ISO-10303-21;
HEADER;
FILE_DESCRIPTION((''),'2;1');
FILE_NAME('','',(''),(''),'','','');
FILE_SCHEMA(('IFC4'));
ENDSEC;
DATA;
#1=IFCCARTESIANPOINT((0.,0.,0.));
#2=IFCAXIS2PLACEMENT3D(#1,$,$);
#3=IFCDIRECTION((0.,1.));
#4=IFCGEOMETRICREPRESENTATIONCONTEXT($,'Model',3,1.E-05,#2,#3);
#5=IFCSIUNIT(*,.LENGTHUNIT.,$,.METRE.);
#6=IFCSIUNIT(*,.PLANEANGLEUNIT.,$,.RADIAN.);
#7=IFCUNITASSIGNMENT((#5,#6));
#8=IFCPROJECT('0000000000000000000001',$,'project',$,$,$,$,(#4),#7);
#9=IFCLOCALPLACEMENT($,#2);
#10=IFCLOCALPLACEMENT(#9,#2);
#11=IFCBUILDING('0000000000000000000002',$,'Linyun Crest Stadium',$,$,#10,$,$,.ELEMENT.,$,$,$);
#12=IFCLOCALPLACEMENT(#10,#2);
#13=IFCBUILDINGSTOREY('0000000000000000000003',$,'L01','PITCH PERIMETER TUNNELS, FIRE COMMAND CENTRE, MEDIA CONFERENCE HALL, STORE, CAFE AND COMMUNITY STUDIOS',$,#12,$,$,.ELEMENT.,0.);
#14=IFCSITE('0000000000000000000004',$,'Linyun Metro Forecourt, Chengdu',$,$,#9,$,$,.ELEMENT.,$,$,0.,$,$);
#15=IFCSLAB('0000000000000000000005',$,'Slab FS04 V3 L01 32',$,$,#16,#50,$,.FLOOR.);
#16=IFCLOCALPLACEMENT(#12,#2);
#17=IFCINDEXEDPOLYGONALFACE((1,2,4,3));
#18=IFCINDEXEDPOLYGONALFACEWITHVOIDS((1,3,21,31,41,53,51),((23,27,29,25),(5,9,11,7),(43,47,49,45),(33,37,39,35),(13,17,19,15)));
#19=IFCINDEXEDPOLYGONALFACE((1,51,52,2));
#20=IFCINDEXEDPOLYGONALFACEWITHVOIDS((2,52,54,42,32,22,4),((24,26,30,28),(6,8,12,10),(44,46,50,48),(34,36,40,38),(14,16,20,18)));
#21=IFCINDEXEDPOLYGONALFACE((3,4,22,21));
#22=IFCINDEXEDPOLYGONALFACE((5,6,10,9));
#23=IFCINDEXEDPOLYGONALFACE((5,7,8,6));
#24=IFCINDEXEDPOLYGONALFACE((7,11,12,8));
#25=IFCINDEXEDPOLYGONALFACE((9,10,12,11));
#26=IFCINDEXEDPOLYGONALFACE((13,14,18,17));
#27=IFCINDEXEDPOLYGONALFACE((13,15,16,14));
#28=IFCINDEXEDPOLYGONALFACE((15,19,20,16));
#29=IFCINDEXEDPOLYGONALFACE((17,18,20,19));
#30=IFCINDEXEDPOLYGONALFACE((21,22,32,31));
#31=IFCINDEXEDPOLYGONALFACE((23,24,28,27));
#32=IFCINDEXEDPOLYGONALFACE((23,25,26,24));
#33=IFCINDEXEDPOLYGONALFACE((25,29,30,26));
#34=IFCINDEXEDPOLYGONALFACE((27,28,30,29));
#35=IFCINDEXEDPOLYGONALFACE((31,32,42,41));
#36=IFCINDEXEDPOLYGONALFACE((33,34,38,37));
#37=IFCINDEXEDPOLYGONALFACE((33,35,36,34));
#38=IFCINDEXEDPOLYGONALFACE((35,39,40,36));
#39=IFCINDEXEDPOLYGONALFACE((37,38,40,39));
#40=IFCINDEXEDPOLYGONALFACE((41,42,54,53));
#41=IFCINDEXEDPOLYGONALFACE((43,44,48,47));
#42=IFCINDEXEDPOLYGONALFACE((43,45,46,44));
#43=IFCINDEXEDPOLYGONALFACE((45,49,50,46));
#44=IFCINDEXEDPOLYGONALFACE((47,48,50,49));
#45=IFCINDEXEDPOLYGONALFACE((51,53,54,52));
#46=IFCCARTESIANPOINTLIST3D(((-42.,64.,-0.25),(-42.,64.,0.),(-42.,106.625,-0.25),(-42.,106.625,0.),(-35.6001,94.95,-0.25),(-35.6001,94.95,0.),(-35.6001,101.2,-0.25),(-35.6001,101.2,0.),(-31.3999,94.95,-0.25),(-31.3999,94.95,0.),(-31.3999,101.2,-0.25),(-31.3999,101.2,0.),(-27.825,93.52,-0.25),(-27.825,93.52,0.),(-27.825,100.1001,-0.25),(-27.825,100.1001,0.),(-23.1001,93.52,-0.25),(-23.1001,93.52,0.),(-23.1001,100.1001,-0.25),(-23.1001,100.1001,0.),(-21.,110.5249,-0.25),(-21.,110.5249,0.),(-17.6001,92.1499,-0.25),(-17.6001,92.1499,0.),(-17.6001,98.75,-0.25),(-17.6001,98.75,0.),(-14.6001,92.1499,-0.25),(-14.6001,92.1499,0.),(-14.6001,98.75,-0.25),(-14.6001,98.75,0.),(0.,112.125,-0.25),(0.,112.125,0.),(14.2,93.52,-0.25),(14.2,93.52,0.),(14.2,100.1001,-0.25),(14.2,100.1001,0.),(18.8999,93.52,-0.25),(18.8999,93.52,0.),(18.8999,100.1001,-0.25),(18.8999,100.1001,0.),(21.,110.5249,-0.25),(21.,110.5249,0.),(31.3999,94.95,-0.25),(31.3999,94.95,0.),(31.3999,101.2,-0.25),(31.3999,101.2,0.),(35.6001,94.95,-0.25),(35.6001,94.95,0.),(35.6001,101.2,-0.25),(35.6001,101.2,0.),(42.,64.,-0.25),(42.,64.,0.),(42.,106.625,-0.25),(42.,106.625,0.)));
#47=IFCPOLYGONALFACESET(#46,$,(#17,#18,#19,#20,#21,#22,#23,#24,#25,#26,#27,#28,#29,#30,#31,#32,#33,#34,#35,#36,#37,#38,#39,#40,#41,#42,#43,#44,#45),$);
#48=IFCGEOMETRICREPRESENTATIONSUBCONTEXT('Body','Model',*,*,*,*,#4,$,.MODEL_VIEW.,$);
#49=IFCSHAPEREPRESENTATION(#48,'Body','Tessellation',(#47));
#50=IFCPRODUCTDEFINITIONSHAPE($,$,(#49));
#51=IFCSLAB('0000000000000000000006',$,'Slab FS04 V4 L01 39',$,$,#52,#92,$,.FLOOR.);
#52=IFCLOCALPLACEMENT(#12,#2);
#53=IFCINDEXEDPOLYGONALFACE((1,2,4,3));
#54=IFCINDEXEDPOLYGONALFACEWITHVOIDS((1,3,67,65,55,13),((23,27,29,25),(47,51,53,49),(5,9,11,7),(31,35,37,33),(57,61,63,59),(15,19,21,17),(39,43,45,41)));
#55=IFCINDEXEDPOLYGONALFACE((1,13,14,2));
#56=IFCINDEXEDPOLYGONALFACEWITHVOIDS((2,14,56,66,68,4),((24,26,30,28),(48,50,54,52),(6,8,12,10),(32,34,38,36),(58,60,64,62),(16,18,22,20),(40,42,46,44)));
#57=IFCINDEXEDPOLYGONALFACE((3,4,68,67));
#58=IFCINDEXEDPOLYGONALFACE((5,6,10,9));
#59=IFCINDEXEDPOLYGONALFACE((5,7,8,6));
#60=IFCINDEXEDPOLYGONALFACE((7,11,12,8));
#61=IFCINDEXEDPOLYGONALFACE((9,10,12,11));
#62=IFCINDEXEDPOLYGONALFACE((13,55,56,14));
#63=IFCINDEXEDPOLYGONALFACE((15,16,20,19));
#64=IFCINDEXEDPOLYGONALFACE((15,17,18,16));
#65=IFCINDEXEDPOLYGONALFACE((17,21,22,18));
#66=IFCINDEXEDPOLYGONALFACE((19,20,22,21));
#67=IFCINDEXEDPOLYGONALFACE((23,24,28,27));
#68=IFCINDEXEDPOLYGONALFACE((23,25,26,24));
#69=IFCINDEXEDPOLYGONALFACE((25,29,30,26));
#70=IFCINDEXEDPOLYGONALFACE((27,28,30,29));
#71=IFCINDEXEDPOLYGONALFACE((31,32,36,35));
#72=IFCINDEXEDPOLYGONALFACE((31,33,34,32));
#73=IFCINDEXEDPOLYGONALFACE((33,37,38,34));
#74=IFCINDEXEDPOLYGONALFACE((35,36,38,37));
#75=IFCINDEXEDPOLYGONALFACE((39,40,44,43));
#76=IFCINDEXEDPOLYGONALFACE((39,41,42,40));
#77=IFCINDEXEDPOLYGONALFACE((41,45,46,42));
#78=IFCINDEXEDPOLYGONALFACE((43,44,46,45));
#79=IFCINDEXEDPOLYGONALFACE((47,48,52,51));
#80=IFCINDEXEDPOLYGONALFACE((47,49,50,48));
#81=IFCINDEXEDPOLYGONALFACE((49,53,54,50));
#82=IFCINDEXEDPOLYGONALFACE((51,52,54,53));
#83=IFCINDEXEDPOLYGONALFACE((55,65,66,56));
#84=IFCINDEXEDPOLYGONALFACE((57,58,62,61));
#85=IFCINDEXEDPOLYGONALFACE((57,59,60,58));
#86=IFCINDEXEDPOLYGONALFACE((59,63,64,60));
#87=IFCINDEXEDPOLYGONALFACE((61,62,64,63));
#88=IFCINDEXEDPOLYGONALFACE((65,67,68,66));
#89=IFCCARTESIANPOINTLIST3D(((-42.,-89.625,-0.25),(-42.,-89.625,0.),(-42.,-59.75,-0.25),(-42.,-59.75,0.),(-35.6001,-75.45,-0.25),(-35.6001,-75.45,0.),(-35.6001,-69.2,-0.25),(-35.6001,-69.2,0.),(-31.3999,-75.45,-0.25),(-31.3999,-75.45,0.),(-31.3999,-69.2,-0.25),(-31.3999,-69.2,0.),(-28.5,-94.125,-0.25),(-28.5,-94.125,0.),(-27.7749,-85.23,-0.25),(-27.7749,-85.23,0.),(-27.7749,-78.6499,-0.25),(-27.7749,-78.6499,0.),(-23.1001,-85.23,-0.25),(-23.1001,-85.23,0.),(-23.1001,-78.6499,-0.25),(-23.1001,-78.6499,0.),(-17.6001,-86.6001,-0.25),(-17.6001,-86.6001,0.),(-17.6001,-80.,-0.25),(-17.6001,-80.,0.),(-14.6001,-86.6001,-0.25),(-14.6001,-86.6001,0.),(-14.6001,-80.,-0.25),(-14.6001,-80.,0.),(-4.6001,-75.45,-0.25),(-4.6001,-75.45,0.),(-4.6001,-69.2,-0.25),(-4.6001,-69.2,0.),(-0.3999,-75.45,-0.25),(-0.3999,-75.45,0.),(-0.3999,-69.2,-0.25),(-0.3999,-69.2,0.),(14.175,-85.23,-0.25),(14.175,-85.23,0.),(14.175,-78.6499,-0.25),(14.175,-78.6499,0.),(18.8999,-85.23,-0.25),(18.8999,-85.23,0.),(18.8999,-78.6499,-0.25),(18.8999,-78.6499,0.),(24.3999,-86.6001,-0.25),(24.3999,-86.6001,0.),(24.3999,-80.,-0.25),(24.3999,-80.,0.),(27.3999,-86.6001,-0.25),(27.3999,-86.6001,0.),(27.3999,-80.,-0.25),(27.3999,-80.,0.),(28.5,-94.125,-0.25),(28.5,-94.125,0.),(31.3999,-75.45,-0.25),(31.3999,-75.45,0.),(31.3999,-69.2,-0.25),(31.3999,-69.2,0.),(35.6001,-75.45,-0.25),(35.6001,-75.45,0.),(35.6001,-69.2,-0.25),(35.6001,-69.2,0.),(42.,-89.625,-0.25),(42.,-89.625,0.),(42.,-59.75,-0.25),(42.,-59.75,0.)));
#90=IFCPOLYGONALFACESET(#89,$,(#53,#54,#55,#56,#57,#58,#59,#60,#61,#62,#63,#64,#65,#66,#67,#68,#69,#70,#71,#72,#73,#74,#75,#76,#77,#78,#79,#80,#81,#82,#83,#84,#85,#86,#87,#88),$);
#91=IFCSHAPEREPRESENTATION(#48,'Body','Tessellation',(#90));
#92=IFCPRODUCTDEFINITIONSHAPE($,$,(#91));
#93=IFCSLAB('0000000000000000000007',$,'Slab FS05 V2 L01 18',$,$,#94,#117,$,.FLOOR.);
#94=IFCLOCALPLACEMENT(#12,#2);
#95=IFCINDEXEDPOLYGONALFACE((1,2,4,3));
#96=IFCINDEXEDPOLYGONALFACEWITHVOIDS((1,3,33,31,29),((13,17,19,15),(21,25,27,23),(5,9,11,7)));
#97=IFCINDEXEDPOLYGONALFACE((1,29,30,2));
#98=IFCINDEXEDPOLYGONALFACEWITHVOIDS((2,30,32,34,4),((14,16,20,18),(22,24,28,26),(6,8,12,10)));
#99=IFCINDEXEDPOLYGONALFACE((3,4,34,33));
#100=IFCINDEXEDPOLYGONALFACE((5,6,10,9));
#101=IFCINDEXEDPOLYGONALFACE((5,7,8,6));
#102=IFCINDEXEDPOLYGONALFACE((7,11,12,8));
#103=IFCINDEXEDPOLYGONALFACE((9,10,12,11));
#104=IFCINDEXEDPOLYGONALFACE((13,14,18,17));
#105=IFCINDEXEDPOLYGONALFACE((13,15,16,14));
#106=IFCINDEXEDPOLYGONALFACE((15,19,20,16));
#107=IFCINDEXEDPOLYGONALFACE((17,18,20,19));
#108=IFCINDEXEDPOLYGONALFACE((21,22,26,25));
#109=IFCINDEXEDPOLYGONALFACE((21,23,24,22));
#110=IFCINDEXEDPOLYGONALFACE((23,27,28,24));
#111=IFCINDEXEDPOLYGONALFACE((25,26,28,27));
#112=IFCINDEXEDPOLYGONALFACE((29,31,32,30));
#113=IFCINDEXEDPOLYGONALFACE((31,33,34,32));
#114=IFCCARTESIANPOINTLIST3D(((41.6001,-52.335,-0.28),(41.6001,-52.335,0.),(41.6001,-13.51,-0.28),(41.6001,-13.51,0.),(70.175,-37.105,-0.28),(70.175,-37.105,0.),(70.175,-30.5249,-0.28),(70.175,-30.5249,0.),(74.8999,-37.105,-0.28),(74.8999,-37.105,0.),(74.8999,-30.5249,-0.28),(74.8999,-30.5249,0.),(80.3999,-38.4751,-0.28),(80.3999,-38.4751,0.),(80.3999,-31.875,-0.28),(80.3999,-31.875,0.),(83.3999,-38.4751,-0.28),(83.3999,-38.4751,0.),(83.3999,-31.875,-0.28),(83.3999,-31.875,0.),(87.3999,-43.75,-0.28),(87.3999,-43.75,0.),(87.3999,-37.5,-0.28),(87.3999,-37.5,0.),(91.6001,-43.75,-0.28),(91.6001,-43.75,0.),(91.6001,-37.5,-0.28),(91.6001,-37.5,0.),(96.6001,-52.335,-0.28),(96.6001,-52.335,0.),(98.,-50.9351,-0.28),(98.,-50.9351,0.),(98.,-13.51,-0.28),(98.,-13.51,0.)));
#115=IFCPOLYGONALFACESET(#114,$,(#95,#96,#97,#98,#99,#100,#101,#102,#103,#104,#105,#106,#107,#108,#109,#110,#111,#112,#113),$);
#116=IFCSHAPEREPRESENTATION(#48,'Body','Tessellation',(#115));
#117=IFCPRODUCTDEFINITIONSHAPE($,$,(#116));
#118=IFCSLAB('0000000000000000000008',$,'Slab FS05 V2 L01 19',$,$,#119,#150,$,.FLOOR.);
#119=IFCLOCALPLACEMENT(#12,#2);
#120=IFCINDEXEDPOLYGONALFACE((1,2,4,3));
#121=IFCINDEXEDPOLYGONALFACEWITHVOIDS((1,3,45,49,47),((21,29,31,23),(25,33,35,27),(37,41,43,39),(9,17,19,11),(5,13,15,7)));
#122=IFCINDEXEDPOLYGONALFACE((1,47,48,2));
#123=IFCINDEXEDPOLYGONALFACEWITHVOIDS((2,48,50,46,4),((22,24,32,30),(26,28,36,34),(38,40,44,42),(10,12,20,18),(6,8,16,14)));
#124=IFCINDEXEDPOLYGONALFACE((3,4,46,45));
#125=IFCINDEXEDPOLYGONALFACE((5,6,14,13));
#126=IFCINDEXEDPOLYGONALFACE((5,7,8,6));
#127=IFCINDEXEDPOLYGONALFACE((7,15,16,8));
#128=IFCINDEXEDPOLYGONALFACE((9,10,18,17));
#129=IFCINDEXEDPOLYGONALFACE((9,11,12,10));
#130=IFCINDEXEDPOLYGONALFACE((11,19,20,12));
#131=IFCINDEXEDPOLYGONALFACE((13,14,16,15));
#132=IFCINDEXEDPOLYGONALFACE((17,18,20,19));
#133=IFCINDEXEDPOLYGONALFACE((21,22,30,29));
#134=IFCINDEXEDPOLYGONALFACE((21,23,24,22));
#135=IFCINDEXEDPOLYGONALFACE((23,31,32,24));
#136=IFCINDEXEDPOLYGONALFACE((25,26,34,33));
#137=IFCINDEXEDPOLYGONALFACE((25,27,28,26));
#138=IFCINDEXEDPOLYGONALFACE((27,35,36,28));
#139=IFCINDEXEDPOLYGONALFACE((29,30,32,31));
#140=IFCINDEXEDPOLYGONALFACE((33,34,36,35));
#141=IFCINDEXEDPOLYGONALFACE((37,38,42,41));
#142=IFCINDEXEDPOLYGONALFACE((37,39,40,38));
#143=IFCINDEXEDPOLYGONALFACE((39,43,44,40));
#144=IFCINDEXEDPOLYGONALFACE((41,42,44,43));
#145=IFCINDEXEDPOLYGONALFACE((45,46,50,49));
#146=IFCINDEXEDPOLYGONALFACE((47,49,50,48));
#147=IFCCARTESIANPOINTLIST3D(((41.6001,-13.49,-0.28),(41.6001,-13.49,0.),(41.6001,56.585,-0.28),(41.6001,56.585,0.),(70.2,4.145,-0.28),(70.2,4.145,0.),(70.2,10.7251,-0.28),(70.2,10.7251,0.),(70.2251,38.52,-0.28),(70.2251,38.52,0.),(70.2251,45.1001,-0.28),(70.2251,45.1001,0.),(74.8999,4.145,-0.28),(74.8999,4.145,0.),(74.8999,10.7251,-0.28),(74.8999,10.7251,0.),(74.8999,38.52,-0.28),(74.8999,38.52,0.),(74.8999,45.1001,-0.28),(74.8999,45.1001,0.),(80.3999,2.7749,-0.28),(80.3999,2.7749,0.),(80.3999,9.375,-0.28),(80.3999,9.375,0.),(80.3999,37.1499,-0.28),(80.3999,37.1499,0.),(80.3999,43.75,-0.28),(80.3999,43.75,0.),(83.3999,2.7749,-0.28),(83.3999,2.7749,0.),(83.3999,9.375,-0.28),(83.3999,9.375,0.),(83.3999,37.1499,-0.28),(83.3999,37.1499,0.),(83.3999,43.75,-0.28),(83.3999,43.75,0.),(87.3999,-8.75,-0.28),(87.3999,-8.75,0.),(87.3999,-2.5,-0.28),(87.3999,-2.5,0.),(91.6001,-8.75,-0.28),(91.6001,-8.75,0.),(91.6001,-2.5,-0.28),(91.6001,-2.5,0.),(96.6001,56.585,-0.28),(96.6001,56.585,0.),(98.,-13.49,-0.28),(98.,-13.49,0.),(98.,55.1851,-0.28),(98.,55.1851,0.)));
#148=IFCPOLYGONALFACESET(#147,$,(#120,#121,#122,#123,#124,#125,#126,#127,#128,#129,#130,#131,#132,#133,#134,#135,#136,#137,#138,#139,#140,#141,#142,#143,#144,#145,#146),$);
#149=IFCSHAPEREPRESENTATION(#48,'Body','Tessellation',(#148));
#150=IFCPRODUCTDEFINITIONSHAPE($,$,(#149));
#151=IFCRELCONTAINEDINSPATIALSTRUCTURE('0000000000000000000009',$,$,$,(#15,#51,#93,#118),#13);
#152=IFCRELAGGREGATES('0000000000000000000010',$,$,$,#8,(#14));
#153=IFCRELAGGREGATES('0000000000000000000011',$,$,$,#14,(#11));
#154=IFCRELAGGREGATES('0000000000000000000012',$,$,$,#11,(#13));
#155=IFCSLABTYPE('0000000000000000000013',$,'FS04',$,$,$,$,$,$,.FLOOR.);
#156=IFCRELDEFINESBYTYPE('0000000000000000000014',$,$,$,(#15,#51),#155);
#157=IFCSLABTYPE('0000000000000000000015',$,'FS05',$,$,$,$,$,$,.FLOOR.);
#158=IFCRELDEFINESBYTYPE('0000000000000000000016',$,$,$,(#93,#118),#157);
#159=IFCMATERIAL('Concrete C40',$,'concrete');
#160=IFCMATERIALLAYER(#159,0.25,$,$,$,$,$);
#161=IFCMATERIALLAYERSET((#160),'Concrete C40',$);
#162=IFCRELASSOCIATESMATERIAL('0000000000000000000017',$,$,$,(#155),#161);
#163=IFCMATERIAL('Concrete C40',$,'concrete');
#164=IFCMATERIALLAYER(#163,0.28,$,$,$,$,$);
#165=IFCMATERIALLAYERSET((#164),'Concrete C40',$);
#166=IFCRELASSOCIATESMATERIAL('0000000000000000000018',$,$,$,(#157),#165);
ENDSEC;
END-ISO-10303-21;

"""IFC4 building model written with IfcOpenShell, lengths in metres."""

from ifc_helpers import new_model, si_unit, direction, frame, origin, place, context, subcontext, project, spatial, polyline, outline, extrude, material, layer, layer_set, type_object, element, save


model = new_model("IFC4")

# Units and contexts
model_context = context("Model", 3, precision=1e-05, world=origin(), true_north=direction((0.0, 1.0)))
body_context = subcontext(model_context, "Body", "Model", "MODEL_VIEW")
ifc_project = project(units=[si_unit("LENGTHUNIT", "METRE"), si_unit("PLANEANGLEUNIT", "RADIAN")], contexts=[model_context])

# Site, building, storey
site_placement = place(None, origin())
site = spatial("IfcSite", under=ifc_project, at=site_placement, Name="Linyun Metro Forecourt, Chengdu", CompositionType="ELEMENT", RefElevation=0.0)
building_placement = place(site_placement, origin())
building = spatial("IfcBuilding", under=site, at=building_placement, Name="Linyun Crest Stadium", CompositionType="ELEMENT")
storey_placement = place(building_placement, origin())
storey = spatial("IfcBuildingStorey", under=building, at=storey_placement, Name="L01", Description="PITCH PERIMETER TUNNELS, FIRE COMMAND CENTRE, MEDIA CONFERENCE HALL, STORE, CAFE AND COMMUNITY STUDIOS", CompositionType="ELEMENT", Elevation=0.0)

# Slabs
ifc_material_1 = material(Name="Concrete C40", Category="concrete")
ifc_layer_1 = layer(ifc_material_1, 0.25)
ifc_layer_set_1 = layer_set([ifc_layer_1], Name="Concrete C40")
slab_type_1 = type_object("IfcSlabType", Name="FS04", PredefinedType="FLOOR", material=ifc_layer_set_1)
slab_1_placement = place(storey_placement, frame((0.0, 0.0, -0.25)))
element("IfcSlab", 1, at=slab_1_placement, inside=storey, type_object=slab_type_1, Name="Slab FS04 V3 L01 32", PredefinedType="FLOOR", context=body_context, shape_type="SweptSolid", body=[
    extrude(outline(polyline([(-42.0, 64.0), (42.0, 64.0), (42.0, 106.625), (21.0, 110.5249), (0.0, 112.125), (-21.0, 110.5249), (-42.0, 106.625), (-42.0, 64.0)]), holes=[polyline([(-27.825, 93.52), (-27.825, 100.1001), (-23.1001, 100.1001), (-23.1001, 93.52), (-27.825, 93.52)]), polyline([(-17.6001, 92.1499), (-17.6001, 98.75), (-14.6001, 98.75), (-14.6001, 92.1499), (-17.6001, 92.1499)]), polyline([(14.2, 93.52), (14.2, 100.1001), (18.8999, 100.1001), (18.8999, 93.52), (14.2, 93.52)]), polyline([(-35.6001, 94.95), (-35.6001, 101.2), (-31.3999, 101.2), (-31.3999, 94.95), (-35.6001, 94.95)]), polyline([(31.3999, 94.95), (31.3999, 101.2), (35.6001, 101.2), (35.6001, 94.95), (31.3999, 94.95)])]), origin(), (0.0, 0.0, 1.0), 0.25),
])
slab_2_placement = place(storey_placement, frame((0.0, 0.0, -0.25)))
element("IfcSlab", 2, at=slab_2_placement, inside=storey, type_object=slab_type_1, Name="Slab FS04 V4 L01 39", PredefinedType="FLOOR", context=body_context, shape_type="SweptSolid", body=[
    extrude(outline(polyline([(-42.0, -89.625), (-28.5, -94.125), (28.5, -94.125), (42.0, -89.625), (42.0, -59.75), (-42.0, -59.75), (-42.0, -89.625)]), holes=[polyline([(-27.7749, -85.23), (-27.7749, -78.6499), (-23.1001, -78.6499), (-23.1001, -85.23), (-27.7749, -85.23)]), polyline([(-17.6001, -86.6001), (-17.6001, -80.0), (-14.6001, -80.0), (-14.6001, -86.6001), (-17.6001, -86.6001)]), polyline([(14.175, -85.23), (14.175, -78.6499), (18.8999, -78.6499), (18.8999, -85.23), (14.175, -85.23)]), polyline([(24.3999, -86.6001), (24.3999, -80.0), (27.3999, -80.0), (27.3999, -86.6001), (24.3999, -86.6001)]), polyline([(-35.6001, -75.45), (-35.6001, -69.2), (-31.3999, -69.2), (-31.3999, -75.45), (-35.6001, -75.45)]), polyline([(-4.6001, -75.45), (-4.6001, -69.2), (-0.3999, -69.2), (-0.3999, -75.45), (-4.6001, -75.45)]), polyline([(31.3999, -75.45), (31.3999, -69.2), (35.6001, -69.2), (35.6001, -75.45), (31.3999, -75.45)])]), origin(), (0.0, 0.0, 1.0), 0.25),
])
ifc_material_2 = material(Name="Concrete C40", Category="concrete")
ifc_layer_2 = layer(ifc_material_2, 0.28)
ifc_layer_set_2 = layer_set([ifc_layer_2], Name="Concrete C40")
slab_type_2 = type_object("IfcSlabType", Name="FS05", PredefinedType="FLOOR", material=ifc_layer_set_2)
slab_3_placement = place(storey_placement, frame((0.0, 0.0, -0.28)))
element("IfcSlab", 3, at=slab_3_placement, inside=storey, type_object=slab_type_2, Name="Slab FS05 V2 L01 18", PredefinedType="FLOOR", context=body_context, shape_type="SweptSolid", body=[
    extrude(outline(polyline([(41.6001, -52.335), (96.6001, -52.335), (98.0, -50.9351), (98.0, -13.51), (41.6001, -13.51), (41.6001, -52.335)]), holes=[polyline([(70.175, -37.105), (70.175, -30.5249), (74.8999, -30.5249), (74.8999, -37.105), (70.175, -37.105)]), polyline([(80.3999, -38.4751), (80.3999, -31.875), (83.3999, -31.875), (83.3999, -38.4751), (80.3999, -38.4751)]), polyline([(87.3999, -43.75), (87.3999, -37.5), (91.6001, -37.5), (91.6001, -43.75), (87.3999, -43.75)])]), origin(), (0.0, 0.0, 1.0), 0.28),
])
slab_4_placement = place(storey_placement, frame((0.0, 0.0, -0.28)))
element("IfcSlab", 4, at=slab_4_placement, inside=storey, type_object=slab_type_2, Name="Slab FS05 V2 L01 19", PredefinedType="FLOOR", context=body_context, shape_type="SweptSolid", body=[
    extrude(outline(polyline([(41.6001, -13.49), (98.0, -13.49), (98.0, 55.1851), (96.6001, 56.585), (41.6001, 56.585), (41.6001, -13.49)]), holes=[polyline([(70.2, 4.145), (70.2, 10.7251), (74.8999, 10.7251), (74.8999, 4.145), (70.2, 4.145)]), polyline([(80.3999, 2.7749), (80.3999, 9.375), (83.3999, 9.375), (83.3999, 2.7749), (80.3999, 2.7749)]), polyline([(70.2251, 38.52), (70.2251, 45.1001), (74.8999, 45.1001), (74.8999, 38.52), (70.2251, 38.52)]), polyline([(80.3999, 37.1499), (80.3999, 43.75), (83.3999, 43.75), (83.3999, 37.1499), (80.3999, 37.1499)]), polyline([(87.3999, -8.75), (87.3999, -2.5), (91.6001, -2.5), (91.6001, -8.75), (87.3999, -8.75)])]), origin(), (0.0, 0.0, 1.0), 0.28),
])

save(model, "model.ifc")
